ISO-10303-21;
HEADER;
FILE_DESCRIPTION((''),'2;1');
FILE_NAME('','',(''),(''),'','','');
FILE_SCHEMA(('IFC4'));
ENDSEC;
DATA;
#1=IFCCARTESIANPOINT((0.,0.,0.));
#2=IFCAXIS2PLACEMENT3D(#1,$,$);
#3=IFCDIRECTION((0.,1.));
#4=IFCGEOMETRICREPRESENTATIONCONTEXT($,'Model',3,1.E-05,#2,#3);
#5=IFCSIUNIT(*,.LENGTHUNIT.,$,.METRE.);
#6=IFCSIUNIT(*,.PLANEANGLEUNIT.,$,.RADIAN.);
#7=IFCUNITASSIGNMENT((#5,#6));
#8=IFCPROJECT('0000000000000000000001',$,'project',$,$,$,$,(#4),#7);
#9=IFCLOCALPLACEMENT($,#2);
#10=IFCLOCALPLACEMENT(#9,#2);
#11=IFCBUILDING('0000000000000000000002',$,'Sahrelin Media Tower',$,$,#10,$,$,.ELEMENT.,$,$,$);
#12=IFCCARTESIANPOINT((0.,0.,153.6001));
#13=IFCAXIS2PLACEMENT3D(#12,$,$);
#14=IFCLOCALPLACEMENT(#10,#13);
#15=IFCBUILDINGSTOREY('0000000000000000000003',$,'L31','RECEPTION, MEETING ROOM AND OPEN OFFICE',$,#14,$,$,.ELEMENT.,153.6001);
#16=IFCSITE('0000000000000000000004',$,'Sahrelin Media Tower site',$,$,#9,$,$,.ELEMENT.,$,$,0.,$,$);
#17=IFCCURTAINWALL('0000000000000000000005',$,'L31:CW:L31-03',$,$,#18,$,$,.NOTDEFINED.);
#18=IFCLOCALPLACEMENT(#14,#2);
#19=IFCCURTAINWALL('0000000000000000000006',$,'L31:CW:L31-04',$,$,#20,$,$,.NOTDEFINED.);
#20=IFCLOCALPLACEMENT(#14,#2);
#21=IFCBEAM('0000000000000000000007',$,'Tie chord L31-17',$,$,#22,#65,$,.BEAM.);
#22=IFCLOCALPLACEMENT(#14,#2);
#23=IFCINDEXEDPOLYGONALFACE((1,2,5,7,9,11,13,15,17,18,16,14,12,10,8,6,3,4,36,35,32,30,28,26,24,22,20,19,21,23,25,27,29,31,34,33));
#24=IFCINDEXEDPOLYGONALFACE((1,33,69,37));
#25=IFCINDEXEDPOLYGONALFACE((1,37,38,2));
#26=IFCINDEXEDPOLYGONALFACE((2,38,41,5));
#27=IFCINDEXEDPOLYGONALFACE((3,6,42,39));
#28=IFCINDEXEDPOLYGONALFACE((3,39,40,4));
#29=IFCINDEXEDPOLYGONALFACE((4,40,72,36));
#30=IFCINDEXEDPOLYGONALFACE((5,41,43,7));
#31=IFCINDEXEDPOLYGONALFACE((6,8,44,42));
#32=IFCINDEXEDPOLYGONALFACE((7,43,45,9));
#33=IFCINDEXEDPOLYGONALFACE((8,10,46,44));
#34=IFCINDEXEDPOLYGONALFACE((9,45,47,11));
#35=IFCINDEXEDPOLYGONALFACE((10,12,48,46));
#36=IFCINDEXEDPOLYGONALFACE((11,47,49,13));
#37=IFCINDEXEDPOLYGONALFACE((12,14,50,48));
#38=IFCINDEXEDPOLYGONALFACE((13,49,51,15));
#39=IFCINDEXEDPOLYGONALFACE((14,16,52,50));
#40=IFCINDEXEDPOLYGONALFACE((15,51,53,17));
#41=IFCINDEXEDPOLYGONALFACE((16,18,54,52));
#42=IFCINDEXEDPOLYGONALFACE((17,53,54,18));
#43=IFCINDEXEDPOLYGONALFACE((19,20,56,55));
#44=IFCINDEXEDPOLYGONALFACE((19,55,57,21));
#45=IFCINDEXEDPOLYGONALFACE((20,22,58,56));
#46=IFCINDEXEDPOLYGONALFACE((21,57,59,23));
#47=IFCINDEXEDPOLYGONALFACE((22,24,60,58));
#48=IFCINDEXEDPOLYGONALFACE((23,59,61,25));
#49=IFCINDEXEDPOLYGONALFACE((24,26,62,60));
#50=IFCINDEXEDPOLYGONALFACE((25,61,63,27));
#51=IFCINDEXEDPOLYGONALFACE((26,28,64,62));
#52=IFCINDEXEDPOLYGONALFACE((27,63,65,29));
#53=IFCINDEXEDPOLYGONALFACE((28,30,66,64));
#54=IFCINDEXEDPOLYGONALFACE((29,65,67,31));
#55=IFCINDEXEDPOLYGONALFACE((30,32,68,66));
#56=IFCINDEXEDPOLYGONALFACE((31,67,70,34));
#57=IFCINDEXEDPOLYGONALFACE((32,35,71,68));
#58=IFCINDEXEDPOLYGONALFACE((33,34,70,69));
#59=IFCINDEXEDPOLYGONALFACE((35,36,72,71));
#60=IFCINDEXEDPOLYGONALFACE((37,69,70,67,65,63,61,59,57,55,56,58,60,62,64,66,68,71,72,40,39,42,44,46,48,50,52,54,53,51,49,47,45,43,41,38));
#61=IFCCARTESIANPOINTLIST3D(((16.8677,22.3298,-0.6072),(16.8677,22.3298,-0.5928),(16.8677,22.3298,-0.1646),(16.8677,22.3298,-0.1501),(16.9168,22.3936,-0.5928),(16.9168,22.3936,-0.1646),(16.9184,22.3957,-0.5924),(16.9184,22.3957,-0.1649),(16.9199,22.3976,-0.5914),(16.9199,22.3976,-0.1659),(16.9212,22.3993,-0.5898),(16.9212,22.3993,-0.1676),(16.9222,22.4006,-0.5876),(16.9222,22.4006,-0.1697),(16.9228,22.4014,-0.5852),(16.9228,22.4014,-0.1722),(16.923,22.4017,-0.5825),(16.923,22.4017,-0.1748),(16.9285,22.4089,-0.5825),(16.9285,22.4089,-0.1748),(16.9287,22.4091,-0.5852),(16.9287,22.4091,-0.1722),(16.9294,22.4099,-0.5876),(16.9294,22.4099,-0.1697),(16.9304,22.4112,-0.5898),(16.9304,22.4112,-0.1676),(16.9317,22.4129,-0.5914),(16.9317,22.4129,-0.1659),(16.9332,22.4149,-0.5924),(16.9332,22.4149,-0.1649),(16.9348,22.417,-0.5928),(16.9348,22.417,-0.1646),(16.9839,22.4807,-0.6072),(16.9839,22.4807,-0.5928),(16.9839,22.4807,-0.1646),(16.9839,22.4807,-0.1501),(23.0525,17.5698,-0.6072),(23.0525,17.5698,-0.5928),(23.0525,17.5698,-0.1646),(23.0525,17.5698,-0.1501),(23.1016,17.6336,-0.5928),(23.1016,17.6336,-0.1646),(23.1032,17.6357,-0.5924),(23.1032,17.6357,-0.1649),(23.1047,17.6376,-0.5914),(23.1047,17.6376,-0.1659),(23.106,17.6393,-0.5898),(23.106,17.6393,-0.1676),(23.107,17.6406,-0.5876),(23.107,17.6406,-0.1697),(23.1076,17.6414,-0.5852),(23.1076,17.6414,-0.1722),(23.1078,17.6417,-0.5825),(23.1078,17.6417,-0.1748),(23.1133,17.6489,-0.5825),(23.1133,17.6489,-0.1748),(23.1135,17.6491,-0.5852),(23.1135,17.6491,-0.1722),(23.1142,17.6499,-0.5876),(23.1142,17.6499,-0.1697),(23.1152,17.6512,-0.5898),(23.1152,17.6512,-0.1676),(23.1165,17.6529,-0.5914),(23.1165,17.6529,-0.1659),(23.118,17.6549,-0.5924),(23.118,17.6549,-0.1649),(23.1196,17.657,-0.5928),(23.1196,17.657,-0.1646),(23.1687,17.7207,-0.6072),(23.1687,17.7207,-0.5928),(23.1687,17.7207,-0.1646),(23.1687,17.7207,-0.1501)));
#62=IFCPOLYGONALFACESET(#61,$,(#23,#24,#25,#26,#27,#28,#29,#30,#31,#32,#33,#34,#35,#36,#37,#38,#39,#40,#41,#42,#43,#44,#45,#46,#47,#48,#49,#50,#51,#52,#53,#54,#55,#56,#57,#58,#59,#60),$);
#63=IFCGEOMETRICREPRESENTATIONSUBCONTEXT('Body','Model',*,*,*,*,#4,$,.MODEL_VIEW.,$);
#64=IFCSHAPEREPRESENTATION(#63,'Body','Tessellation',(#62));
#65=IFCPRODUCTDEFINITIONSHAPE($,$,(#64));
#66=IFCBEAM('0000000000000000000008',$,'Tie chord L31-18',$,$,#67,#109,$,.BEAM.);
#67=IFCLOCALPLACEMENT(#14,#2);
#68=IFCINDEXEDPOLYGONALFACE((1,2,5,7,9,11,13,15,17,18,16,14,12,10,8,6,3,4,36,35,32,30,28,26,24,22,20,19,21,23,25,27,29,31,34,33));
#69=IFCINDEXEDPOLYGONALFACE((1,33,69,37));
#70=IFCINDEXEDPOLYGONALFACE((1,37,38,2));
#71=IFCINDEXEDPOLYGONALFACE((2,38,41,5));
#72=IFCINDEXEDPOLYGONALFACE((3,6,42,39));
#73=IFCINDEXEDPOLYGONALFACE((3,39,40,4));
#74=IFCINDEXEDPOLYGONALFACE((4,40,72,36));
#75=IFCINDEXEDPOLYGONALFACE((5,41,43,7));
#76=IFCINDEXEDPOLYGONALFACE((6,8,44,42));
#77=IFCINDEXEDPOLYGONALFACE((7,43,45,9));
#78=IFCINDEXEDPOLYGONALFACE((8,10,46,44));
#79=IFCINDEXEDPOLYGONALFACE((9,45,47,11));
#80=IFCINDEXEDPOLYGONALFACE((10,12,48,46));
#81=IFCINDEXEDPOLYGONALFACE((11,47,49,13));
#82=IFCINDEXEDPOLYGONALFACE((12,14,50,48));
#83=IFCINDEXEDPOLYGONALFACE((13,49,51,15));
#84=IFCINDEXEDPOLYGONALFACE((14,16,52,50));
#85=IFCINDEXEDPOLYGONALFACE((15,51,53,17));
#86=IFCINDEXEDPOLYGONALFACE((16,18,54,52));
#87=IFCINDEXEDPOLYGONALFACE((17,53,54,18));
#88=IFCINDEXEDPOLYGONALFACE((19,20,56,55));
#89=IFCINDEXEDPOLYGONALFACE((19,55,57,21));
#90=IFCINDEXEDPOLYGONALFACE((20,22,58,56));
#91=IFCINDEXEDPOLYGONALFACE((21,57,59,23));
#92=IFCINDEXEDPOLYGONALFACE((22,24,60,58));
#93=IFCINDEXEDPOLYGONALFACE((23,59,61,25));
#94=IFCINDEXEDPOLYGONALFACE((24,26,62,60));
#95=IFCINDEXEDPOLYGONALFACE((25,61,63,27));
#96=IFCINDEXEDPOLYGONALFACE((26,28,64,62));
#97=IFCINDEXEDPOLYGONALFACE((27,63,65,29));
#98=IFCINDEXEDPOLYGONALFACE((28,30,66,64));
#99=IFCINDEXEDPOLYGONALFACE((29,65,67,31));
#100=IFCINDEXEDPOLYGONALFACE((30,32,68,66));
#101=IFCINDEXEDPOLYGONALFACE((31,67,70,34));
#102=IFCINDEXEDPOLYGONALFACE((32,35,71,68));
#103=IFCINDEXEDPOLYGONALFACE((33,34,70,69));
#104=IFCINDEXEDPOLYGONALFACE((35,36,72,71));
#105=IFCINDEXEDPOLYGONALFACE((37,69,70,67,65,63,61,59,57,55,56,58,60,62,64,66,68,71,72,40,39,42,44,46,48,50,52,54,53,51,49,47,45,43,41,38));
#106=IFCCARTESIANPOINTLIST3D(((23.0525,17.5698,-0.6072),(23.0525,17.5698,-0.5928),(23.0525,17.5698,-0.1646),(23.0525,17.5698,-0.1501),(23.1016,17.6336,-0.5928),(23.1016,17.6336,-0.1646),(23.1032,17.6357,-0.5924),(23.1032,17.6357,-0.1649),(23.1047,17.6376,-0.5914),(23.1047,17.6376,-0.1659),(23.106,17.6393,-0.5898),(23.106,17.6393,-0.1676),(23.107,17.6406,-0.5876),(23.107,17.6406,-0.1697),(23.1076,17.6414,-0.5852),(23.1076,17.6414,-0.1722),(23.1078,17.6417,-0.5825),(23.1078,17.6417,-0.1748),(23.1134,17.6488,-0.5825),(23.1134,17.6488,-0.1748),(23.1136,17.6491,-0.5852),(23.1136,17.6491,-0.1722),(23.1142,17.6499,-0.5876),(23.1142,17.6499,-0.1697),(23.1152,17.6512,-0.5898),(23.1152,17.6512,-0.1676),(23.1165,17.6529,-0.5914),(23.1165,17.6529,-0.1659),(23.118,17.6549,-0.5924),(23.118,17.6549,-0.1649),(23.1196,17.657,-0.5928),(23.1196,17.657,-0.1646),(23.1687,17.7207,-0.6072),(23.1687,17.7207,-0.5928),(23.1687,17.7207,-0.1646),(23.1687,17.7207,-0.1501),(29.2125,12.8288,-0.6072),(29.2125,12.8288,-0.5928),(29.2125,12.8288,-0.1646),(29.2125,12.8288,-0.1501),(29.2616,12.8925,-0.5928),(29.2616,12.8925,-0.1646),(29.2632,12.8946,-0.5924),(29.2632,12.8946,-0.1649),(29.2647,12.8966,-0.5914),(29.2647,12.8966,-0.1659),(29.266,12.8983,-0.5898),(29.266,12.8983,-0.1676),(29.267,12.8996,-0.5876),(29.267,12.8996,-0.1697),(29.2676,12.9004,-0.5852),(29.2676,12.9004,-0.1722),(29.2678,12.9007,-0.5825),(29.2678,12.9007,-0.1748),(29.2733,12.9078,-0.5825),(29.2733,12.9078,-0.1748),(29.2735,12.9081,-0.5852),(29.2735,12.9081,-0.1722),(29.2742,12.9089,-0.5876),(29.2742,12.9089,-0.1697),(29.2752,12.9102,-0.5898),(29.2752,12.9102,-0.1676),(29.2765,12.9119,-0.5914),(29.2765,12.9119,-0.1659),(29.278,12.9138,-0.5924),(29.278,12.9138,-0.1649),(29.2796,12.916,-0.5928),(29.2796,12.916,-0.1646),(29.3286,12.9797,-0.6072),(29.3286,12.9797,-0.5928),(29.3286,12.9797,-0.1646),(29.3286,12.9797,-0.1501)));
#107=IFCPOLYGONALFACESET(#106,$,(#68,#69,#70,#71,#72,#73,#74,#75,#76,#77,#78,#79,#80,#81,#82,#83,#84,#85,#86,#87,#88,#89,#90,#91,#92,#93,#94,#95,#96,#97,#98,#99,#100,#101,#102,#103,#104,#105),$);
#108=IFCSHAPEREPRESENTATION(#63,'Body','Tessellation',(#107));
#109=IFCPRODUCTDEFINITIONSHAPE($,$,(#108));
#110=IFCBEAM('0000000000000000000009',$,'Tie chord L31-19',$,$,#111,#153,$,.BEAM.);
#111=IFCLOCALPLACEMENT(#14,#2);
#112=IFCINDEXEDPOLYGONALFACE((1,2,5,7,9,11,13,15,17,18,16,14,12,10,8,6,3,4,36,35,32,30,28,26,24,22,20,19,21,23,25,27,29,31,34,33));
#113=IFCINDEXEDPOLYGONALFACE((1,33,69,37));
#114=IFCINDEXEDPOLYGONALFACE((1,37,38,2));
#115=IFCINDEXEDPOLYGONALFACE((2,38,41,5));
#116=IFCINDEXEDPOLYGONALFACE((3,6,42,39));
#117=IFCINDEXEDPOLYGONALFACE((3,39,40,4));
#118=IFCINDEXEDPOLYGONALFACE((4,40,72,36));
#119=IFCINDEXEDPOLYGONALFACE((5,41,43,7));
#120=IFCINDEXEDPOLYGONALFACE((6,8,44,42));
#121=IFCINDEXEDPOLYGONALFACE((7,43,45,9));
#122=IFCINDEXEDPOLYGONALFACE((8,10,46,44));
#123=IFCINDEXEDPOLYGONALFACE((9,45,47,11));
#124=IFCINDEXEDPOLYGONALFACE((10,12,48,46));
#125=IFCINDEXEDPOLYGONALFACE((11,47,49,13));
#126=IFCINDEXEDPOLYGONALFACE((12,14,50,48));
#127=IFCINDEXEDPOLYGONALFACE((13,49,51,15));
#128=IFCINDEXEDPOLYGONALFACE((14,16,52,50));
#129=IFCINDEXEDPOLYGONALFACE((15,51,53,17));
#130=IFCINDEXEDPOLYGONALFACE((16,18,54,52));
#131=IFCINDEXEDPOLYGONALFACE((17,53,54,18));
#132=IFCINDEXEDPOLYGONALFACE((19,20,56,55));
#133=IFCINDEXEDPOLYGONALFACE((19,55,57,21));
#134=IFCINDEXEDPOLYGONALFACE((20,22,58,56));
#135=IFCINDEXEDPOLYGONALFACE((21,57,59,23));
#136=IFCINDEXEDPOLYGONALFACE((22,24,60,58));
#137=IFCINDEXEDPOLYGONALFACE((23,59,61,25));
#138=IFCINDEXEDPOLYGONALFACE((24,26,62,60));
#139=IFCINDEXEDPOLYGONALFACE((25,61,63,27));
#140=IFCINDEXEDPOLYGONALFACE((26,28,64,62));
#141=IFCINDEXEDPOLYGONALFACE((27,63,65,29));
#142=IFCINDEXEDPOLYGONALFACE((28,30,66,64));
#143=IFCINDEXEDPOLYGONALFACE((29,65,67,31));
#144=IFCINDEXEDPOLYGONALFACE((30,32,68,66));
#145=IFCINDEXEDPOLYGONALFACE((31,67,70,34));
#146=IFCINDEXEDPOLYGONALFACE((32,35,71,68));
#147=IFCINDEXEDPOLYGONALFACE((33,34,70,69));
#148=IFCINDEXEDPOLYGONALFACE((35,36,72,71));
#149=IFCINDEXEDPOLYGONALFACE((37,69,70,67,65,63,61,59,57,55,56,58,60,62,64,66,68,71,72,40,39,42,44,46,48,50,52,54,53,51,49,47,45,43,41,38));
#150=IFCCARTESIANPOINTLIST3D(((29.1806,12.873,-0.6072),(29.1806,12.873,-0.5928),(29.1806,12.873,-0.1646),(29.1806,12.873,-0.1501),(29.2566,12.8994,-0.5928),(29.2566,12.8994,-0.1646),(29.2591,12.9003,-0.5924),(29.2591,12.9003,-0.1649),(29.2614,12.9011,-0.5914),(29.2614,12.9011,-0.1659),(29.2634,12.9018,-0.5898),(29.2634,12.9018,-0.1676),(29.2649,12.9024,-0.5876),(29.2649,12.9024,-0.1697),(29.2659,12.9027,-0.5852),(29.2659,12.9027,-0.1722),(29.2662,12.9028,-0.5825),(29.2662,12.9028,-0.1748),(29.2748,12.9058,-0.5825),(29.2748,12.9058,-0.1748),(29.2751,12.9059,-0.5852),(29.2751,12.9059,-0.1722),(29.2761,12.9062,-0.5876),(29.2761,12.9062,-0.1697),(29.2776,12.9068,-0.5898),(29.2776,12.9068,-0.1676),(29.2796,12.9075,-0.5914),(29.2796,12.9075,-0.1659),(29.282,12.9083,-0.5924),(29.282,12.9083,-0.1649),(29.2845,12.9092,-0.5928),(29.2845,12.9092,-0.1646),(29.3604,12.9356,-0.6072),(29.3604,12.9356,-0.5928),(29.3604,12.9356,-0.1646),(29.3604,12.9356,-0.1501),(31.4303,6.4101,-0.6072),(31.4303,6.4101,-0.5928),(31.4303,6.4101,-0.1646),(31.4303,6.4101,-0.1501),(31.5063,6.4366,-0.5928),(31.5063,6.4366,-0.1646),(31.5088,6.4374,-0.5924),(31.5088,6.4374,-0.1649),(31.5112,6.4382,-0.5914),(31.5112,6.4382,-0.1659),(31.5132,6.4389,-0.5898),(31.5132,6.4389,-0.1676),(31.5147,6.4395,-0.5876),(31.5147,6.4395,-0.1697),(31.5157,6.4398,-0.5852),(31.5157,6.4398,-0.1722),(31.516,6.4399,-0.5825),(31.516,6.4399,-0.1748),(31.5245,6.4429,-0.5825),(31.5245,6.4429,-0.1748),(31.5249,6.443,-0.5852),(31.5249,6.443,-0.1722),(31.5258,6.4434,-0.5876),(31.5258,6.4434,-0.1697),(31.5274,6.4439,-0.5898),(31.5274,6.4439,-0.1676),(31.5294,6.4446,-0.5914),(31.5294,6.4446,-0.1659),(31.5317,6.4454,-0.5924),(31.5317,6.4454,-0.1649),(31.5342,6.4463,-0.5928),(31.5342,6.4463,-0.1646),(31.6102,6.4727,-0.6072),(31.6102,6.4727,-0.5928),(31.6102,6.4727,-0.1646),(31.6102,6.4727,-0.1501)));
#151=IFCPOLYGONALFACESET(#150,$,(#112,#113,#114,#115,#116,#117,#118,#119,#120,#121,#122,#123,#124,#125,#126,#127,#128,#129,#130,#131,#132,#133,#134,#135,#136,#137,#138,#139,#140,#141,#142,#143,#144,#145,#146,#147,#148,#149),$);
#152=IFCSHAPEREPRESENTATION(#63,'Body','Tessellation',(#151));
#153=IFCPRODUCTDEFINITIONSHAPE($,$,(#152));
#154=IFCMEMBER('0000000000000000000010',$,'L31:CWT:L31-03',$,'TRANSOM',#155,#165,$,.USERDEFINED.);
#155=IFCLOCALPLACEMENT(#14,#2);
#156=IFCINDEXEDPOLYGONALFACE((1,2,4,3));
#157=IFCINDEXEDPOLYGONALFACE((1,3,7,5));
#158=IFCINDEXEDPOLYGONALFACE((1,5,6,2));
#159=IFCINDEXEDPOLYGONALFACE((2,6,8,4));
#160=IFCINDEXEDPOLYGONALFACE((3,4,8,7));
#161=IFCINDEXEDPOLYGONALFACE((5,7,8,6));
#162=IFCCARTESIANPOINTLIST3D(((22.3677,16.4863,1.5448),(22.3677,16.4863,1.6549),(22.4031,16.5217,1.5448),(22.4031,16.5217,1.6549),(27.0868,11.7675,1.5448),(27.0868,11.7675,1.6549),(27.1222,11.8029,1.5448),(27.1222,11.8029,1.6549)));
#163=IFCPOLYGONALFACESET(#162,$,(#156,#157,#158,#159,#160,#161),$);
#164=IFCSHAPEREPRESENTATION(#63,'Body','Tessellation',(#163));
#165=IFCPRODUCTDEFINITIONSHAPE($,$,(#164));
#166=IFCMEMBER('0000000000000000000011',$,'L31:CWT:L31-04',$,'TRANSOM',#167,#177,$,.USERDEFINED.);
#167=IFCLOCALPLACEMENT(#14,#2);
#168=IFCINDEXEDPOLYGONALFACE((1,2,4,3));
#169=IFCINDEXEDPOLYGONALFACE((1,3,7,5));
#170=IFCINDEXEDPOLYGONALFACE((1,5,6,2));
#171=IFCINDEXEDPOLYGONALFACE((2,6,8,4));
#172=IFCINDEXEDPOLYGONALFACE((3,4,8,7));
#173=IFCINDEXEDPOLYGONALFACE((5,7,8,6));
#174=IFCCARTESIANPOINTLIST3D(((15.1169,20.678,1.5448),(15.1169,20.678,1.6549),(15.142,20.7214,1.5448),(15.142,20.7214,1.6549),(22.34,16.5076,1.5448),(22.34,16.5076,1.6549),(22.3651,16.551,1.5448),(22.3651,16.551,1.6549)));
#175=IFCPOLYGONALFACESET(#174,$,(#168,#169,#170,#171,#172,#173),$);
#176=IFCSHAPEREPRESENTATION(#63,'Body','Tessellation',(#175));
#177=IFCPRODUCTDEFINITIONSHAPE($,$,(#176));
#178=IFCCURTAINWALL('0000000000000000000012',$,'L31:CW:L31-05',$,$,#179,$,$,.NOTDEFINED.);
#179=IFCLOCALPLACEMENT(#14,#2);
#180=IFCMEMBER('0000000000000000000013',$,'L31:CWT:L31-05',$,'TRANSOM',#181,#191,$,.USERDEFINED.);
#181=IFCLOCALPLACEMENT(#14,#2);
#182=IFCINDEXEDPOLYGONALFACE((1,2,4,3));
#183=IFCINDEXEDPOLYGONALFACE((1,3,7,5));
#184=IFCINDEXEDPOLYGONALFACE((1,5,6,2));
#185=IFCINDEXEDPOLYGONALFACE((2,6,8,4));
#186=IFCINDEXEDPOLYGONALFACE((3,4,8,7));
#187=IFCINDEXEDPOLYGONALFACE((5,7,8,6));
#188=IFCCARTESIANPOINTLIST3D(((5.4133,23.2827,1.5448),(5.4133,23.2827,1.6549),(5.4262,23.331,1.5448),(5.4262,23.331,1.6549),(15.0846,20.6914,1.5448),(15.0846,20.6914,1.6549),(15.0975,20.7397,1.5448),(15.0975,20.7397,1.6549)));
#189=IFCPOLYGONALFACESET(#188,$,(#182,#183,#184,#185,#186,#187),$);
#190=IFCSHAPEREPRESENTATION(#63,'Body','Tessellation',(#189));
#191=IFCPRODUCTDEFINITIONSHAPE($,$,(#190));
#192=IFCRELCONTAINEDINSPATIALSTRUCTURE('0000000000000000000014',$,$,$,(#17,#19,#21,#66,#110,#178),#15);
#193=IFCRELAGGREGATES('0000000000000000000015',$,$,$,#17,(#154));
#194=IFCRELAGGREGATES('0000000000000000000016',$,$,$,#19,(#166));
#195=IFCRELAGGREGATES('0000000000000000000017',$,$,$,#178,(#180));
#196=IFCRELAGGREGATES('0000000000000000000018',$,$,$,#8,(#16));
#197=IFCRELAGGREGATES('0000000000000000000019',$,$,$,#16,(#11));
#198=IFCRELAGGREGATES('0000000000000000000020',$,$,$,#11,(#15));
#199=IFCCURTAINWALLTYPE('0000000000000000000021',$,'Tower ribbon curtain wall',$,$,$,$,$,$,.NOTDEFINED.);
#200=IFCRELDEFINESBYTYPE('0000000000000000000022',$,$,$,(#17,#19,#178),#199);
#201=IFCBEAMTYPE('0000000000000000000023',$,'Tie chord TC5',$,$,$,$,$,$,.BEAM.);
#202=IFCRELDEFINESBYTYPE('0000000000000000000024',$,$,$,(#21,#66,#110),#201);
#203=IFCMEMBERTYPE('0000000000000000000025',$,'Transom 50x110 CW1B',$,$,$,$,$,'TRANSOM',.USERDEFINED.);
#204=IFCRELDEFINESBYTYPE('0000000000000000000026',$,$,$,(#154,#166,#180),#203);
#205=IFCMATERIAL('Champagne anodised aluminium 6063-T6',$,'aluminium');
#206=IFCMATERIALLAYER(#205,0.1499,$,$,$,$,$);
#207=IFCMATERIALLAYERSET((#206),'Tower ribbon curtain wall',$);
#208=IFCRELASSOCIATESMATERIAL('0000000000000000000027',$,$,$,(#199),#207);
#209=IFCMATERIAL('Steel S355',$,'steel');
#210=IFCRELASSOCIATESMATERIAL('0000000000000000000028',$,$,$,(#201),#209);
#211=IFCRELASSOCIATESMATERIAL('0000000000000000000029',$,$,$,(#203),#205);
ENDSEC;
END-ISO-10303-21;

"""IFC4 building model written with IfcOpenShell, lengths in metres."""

from ifc_helpers import new_model, si_unit, direction, frame, origin, origin_2d, place, context, subcontext, project, spatial, rectangle, i_section, extrude, material, layer, layer_set, material_profile, profile_set, type_object, element, aggregate, save


model = new_model("IFC4")

# Units and contexts
model_context = context("Model", 3, precision=1e-05, world=origin(), true_north=direction((0.0, 1.0)))
body_context = subcontext(model_context, "Body", "Model", "MODEL_VIEW")
ifc_project = project(units=[si_unit("LENGTHUNIT", "METRE"), si_unit("PLANEANGLEUNIT", "RADIAN")], contexts=[model_context])

# Site, building, storey
site_placement = place(None, origin())
site = spatial("IfcSite", under=ifc_project, at=site_placement, Name="Sahrelin Media Tower site", CompositionType="ELEMENT", RefElevation=0.0)
building_placement = place(site_placement, origin())
building = spatial("IfcBuilding", under=site, at=building_placement, Name="Sahrelin Media Tower", CompositionType="ELEMENT")
storey_placement = place(building_placement, frame((0.0, 0.0, 153.6001)))
storey = spatial("IfcBuildingStorey", under=building, at=storey_placement, Name="L31", Description="RECEPTION, MEETING ROOM AND OPEN OFFICE", CompositionType="ELEMENT", Elevation=153.6001)

# Shared definitions
ifc_material_1 = material(Name="Steel S355", Category="steel")

# Curtain walls
ifc_material_2 = material(Name="Champagne anodised aluminium 6063-T6", Category="aluminium")
ifc_layer_1 = layer(ifc_material_2, 0.1499)
ifc_layer_set_1 = layer_set([ifc_layer_1], Name="Tower ribbon curtain wall")
curtain_wall_type = type_object("IfcCurtainWallType", Name="Tower ribbon curtain wall", PredefinedType="NOTDEFINED", material=ifc_layer_set_1)
curtain_wall_1_placement = place(storey_placement, frame((24.9006, 14.3003, 0.0), z_axis=(0.0, 0.0, 1.0), x_axis=(1.0, 0.0, 0.0)))
curtain_wall_1 = element("IfcCurtainWall", 1, at=curtain_wall_1_placement, inside=storey, type_object=curtain_wall_type, Name="L31:CW:L31-03", PredefinedType="NOTDEFINED")
curtain_wall_2_placement = place(storey_placement, frame((18.8511, 18.8049, 0.0), z_axis=(0.0, 0.0, 1.0), x_axis=(1.0, 0.0, 0.0)))
curtain_wall_2 = element("IfcCurtainWall", 2, at=curtain_wall_2_placement, inside=storey, type_object=curtain_wall_type, Name="L31:CW:L31-04", PredefinedType="NOTDEFINED")

# Beams
ifc_material_profile_1 = material_profile(ifc_material_1, i_section(OverallWidth=0.1904, OverallDepth=0.457, WebThickness=0.009, FlangeThickness=0.0144, FilletRadius=0.0103, at=origin_2d()), Name="UB 457x191x74")
ifc_profile_set_1 = profile_set([ifc_material_profile_1], Name="Steel S355")
beam_type_1 = type_object("IfcBeamType", Name="Tie chord TC5", PredefinedType="BEAM", material=ifc_profile_set_1)
beam_1_placement = place(storey_placement, frame((16.9258, 22.4053, -0.3787), z_axis=(0.792472, -0.609909, 0.0), x_axis=(0.609909, 0.792472, 0.0)))
element("IfcBeam", 3, at=beam_1_placement, inside=storey, type_object=beam_type_1, Name="Tie chord L31-17", PredefinedType="BEAM", context=body_context, shape_type="SweptSolid", body=[
    extrude(i_section(OverallWidth=0.1904, OverallDepth=0.457, WebThickness=0.009, FlangeThickness=0.0144, FilletRadius=0.0103, at=origin_2d()), origin(), (0.0, 0.0, 1.0), 7.8044),
])
beam_2_placement = place(storey_placement, frame((23.1106, 17.6453, -0.3787), z_axis=(0.792464, -0.609919, 0.0), x_axis=(0.609919, 0.792464, 0.0)))
element("IfcBeam", 4, at=beam_2_placement, inside=storey, type_object=beam_type_1, Name="Tie chord L31-18", PredefinedType="BEAM", context=body_context, shape_type="SweptSolid", body=[
    extrude(i_section(OverallWidth=0.1904, OverallDepth=0.457, WebThickness=0.009, FlangeThickness=0.0144, FilletRadius=0.0103, at=origin_2d()), origin(), (0.0, 0.0, 1.0), 7.7732),
])
beam_3_placement = place(storey_placement, frame((29.2705, 12.9043, -0.3787), z_axis=(0.328754, -0.944415, 0.0), x_axis=(0.944415, 0.328754, 0.0)))
element("IfcBeam", 5, at=beam_3_placement, inside=storey, type_object=beam_type_1, Name="Tie chord L31-19", PredefinedType="BEAM", context=body_context, shape_type="SweptSolid", body=[
    extrude(i_section(OverallWidth=0.1904, OverallDepth=0.457, WebThickness=0.009, FlangeThickness=0.0144, FilletRadius=0.0103, at=origin_2d()), origin(), (0.0, 0.0, 1.0), 6.8433),
])

# Members
ifc_material_profile_2 = material_profile(ifc_material_2, rectangle(XDim=0.05, YDim=0.1101, at=origin_2d()), Name="Transom 50x110")
ifc_profile_set_2 = profile_set([ifc_material_profile_2], Name="Champagne anodised aluminium 6063-T6")
member_type_1 = type_object("IfcMemberType", Name="Transom 50x110 CW1B", ElementType="TRANSOM", PredefinedType="USERDEFINED", material=ifc_profile_set_2)
member_1_placement = place(storey_placement, frame((27.1045, 11.7852, 1.5999), z_axis=(-0.707125, 0.707088, 0.0), x_axis=(-0.707088, -0.707125, 0.0)))
member_1 = element("IfcMember", 6, at=member_1_placement, type_object=member_type_1, Name="L31:CWT:L31-03", ObjectType="TRANSOM", PredefinedType="USERDEFINED", context=body_context, shape_type="SweptSolid", body=[
    extrude(rectangle(XDim=0.05, YDim=0.1101, at=origin_2d()), origin(), (0.0, 0.0, 1.0), 6.6736),
])
member_2_placement = place(storey_placement, frame((22.3525, 16.5293, 1.5999), z_axis=(-0.866019, 0.500011, 0.0), x_axis=(-0.500011, -0.866019, 0.0)))
member_2 = element("IfcMember", 7, at=member_2_placement, type_object=member_type_1, Name="L31:CWT:L31-04", ObjectType="TRANSOM", PredefinedType="USERDEFINED", context=body_context, shape_type="SweptSolid", body=[
    extrude(rectangle(XDim=0.05, YDim=0.1101, at=origin_2d()), origin(), (0.0, 0.0, 1.0), 8.3406),
])

# Curtain wall, member
curtain_wall_3_placement = place(storey_placement, frame((10.3123, 22.2236, 0.0), z_axis=(0.0, 0.0, 1.0), x_axis=(1.0, 0.0, 0.0)))
curtain_wall_3 = element("IfcCurtainWall", 8, at=curtain_wall_3_placement, inside=storey, type_object=curtain_wall_type, Name="L31:CW:L31-05", PredefinedType="NOTDEFINED")
member_3_placement = place(storey_placement, frame((15.0911, 20.7156, 1.5999), z_axis=(-0.965929, 0.258807, 0.0), x_axis=(-0.258807, -0.965929, 0.0)))
member_3 = element("IfcMember", 9, at=member_3_placement, type_object=member_type_1, Name="L31:CWT:L31-05", ObjectType="TRANSOM", PredefinedType="USERDEFINED", context=body_context, shape_type="SweptSolid", body=[
    extrude(rectangle(XDim=0.05, YDim=0.1101, at=origin_2d()), origin(), (0.0, 0.0, 1.0), 10.0125),
])

aggregate(curtain_wall_1, [member_1])
aggregate(curtain_wall_2, [member_2])
aggregate(curtain_wall_3, [member_3])

save(model, "model.ifc")
